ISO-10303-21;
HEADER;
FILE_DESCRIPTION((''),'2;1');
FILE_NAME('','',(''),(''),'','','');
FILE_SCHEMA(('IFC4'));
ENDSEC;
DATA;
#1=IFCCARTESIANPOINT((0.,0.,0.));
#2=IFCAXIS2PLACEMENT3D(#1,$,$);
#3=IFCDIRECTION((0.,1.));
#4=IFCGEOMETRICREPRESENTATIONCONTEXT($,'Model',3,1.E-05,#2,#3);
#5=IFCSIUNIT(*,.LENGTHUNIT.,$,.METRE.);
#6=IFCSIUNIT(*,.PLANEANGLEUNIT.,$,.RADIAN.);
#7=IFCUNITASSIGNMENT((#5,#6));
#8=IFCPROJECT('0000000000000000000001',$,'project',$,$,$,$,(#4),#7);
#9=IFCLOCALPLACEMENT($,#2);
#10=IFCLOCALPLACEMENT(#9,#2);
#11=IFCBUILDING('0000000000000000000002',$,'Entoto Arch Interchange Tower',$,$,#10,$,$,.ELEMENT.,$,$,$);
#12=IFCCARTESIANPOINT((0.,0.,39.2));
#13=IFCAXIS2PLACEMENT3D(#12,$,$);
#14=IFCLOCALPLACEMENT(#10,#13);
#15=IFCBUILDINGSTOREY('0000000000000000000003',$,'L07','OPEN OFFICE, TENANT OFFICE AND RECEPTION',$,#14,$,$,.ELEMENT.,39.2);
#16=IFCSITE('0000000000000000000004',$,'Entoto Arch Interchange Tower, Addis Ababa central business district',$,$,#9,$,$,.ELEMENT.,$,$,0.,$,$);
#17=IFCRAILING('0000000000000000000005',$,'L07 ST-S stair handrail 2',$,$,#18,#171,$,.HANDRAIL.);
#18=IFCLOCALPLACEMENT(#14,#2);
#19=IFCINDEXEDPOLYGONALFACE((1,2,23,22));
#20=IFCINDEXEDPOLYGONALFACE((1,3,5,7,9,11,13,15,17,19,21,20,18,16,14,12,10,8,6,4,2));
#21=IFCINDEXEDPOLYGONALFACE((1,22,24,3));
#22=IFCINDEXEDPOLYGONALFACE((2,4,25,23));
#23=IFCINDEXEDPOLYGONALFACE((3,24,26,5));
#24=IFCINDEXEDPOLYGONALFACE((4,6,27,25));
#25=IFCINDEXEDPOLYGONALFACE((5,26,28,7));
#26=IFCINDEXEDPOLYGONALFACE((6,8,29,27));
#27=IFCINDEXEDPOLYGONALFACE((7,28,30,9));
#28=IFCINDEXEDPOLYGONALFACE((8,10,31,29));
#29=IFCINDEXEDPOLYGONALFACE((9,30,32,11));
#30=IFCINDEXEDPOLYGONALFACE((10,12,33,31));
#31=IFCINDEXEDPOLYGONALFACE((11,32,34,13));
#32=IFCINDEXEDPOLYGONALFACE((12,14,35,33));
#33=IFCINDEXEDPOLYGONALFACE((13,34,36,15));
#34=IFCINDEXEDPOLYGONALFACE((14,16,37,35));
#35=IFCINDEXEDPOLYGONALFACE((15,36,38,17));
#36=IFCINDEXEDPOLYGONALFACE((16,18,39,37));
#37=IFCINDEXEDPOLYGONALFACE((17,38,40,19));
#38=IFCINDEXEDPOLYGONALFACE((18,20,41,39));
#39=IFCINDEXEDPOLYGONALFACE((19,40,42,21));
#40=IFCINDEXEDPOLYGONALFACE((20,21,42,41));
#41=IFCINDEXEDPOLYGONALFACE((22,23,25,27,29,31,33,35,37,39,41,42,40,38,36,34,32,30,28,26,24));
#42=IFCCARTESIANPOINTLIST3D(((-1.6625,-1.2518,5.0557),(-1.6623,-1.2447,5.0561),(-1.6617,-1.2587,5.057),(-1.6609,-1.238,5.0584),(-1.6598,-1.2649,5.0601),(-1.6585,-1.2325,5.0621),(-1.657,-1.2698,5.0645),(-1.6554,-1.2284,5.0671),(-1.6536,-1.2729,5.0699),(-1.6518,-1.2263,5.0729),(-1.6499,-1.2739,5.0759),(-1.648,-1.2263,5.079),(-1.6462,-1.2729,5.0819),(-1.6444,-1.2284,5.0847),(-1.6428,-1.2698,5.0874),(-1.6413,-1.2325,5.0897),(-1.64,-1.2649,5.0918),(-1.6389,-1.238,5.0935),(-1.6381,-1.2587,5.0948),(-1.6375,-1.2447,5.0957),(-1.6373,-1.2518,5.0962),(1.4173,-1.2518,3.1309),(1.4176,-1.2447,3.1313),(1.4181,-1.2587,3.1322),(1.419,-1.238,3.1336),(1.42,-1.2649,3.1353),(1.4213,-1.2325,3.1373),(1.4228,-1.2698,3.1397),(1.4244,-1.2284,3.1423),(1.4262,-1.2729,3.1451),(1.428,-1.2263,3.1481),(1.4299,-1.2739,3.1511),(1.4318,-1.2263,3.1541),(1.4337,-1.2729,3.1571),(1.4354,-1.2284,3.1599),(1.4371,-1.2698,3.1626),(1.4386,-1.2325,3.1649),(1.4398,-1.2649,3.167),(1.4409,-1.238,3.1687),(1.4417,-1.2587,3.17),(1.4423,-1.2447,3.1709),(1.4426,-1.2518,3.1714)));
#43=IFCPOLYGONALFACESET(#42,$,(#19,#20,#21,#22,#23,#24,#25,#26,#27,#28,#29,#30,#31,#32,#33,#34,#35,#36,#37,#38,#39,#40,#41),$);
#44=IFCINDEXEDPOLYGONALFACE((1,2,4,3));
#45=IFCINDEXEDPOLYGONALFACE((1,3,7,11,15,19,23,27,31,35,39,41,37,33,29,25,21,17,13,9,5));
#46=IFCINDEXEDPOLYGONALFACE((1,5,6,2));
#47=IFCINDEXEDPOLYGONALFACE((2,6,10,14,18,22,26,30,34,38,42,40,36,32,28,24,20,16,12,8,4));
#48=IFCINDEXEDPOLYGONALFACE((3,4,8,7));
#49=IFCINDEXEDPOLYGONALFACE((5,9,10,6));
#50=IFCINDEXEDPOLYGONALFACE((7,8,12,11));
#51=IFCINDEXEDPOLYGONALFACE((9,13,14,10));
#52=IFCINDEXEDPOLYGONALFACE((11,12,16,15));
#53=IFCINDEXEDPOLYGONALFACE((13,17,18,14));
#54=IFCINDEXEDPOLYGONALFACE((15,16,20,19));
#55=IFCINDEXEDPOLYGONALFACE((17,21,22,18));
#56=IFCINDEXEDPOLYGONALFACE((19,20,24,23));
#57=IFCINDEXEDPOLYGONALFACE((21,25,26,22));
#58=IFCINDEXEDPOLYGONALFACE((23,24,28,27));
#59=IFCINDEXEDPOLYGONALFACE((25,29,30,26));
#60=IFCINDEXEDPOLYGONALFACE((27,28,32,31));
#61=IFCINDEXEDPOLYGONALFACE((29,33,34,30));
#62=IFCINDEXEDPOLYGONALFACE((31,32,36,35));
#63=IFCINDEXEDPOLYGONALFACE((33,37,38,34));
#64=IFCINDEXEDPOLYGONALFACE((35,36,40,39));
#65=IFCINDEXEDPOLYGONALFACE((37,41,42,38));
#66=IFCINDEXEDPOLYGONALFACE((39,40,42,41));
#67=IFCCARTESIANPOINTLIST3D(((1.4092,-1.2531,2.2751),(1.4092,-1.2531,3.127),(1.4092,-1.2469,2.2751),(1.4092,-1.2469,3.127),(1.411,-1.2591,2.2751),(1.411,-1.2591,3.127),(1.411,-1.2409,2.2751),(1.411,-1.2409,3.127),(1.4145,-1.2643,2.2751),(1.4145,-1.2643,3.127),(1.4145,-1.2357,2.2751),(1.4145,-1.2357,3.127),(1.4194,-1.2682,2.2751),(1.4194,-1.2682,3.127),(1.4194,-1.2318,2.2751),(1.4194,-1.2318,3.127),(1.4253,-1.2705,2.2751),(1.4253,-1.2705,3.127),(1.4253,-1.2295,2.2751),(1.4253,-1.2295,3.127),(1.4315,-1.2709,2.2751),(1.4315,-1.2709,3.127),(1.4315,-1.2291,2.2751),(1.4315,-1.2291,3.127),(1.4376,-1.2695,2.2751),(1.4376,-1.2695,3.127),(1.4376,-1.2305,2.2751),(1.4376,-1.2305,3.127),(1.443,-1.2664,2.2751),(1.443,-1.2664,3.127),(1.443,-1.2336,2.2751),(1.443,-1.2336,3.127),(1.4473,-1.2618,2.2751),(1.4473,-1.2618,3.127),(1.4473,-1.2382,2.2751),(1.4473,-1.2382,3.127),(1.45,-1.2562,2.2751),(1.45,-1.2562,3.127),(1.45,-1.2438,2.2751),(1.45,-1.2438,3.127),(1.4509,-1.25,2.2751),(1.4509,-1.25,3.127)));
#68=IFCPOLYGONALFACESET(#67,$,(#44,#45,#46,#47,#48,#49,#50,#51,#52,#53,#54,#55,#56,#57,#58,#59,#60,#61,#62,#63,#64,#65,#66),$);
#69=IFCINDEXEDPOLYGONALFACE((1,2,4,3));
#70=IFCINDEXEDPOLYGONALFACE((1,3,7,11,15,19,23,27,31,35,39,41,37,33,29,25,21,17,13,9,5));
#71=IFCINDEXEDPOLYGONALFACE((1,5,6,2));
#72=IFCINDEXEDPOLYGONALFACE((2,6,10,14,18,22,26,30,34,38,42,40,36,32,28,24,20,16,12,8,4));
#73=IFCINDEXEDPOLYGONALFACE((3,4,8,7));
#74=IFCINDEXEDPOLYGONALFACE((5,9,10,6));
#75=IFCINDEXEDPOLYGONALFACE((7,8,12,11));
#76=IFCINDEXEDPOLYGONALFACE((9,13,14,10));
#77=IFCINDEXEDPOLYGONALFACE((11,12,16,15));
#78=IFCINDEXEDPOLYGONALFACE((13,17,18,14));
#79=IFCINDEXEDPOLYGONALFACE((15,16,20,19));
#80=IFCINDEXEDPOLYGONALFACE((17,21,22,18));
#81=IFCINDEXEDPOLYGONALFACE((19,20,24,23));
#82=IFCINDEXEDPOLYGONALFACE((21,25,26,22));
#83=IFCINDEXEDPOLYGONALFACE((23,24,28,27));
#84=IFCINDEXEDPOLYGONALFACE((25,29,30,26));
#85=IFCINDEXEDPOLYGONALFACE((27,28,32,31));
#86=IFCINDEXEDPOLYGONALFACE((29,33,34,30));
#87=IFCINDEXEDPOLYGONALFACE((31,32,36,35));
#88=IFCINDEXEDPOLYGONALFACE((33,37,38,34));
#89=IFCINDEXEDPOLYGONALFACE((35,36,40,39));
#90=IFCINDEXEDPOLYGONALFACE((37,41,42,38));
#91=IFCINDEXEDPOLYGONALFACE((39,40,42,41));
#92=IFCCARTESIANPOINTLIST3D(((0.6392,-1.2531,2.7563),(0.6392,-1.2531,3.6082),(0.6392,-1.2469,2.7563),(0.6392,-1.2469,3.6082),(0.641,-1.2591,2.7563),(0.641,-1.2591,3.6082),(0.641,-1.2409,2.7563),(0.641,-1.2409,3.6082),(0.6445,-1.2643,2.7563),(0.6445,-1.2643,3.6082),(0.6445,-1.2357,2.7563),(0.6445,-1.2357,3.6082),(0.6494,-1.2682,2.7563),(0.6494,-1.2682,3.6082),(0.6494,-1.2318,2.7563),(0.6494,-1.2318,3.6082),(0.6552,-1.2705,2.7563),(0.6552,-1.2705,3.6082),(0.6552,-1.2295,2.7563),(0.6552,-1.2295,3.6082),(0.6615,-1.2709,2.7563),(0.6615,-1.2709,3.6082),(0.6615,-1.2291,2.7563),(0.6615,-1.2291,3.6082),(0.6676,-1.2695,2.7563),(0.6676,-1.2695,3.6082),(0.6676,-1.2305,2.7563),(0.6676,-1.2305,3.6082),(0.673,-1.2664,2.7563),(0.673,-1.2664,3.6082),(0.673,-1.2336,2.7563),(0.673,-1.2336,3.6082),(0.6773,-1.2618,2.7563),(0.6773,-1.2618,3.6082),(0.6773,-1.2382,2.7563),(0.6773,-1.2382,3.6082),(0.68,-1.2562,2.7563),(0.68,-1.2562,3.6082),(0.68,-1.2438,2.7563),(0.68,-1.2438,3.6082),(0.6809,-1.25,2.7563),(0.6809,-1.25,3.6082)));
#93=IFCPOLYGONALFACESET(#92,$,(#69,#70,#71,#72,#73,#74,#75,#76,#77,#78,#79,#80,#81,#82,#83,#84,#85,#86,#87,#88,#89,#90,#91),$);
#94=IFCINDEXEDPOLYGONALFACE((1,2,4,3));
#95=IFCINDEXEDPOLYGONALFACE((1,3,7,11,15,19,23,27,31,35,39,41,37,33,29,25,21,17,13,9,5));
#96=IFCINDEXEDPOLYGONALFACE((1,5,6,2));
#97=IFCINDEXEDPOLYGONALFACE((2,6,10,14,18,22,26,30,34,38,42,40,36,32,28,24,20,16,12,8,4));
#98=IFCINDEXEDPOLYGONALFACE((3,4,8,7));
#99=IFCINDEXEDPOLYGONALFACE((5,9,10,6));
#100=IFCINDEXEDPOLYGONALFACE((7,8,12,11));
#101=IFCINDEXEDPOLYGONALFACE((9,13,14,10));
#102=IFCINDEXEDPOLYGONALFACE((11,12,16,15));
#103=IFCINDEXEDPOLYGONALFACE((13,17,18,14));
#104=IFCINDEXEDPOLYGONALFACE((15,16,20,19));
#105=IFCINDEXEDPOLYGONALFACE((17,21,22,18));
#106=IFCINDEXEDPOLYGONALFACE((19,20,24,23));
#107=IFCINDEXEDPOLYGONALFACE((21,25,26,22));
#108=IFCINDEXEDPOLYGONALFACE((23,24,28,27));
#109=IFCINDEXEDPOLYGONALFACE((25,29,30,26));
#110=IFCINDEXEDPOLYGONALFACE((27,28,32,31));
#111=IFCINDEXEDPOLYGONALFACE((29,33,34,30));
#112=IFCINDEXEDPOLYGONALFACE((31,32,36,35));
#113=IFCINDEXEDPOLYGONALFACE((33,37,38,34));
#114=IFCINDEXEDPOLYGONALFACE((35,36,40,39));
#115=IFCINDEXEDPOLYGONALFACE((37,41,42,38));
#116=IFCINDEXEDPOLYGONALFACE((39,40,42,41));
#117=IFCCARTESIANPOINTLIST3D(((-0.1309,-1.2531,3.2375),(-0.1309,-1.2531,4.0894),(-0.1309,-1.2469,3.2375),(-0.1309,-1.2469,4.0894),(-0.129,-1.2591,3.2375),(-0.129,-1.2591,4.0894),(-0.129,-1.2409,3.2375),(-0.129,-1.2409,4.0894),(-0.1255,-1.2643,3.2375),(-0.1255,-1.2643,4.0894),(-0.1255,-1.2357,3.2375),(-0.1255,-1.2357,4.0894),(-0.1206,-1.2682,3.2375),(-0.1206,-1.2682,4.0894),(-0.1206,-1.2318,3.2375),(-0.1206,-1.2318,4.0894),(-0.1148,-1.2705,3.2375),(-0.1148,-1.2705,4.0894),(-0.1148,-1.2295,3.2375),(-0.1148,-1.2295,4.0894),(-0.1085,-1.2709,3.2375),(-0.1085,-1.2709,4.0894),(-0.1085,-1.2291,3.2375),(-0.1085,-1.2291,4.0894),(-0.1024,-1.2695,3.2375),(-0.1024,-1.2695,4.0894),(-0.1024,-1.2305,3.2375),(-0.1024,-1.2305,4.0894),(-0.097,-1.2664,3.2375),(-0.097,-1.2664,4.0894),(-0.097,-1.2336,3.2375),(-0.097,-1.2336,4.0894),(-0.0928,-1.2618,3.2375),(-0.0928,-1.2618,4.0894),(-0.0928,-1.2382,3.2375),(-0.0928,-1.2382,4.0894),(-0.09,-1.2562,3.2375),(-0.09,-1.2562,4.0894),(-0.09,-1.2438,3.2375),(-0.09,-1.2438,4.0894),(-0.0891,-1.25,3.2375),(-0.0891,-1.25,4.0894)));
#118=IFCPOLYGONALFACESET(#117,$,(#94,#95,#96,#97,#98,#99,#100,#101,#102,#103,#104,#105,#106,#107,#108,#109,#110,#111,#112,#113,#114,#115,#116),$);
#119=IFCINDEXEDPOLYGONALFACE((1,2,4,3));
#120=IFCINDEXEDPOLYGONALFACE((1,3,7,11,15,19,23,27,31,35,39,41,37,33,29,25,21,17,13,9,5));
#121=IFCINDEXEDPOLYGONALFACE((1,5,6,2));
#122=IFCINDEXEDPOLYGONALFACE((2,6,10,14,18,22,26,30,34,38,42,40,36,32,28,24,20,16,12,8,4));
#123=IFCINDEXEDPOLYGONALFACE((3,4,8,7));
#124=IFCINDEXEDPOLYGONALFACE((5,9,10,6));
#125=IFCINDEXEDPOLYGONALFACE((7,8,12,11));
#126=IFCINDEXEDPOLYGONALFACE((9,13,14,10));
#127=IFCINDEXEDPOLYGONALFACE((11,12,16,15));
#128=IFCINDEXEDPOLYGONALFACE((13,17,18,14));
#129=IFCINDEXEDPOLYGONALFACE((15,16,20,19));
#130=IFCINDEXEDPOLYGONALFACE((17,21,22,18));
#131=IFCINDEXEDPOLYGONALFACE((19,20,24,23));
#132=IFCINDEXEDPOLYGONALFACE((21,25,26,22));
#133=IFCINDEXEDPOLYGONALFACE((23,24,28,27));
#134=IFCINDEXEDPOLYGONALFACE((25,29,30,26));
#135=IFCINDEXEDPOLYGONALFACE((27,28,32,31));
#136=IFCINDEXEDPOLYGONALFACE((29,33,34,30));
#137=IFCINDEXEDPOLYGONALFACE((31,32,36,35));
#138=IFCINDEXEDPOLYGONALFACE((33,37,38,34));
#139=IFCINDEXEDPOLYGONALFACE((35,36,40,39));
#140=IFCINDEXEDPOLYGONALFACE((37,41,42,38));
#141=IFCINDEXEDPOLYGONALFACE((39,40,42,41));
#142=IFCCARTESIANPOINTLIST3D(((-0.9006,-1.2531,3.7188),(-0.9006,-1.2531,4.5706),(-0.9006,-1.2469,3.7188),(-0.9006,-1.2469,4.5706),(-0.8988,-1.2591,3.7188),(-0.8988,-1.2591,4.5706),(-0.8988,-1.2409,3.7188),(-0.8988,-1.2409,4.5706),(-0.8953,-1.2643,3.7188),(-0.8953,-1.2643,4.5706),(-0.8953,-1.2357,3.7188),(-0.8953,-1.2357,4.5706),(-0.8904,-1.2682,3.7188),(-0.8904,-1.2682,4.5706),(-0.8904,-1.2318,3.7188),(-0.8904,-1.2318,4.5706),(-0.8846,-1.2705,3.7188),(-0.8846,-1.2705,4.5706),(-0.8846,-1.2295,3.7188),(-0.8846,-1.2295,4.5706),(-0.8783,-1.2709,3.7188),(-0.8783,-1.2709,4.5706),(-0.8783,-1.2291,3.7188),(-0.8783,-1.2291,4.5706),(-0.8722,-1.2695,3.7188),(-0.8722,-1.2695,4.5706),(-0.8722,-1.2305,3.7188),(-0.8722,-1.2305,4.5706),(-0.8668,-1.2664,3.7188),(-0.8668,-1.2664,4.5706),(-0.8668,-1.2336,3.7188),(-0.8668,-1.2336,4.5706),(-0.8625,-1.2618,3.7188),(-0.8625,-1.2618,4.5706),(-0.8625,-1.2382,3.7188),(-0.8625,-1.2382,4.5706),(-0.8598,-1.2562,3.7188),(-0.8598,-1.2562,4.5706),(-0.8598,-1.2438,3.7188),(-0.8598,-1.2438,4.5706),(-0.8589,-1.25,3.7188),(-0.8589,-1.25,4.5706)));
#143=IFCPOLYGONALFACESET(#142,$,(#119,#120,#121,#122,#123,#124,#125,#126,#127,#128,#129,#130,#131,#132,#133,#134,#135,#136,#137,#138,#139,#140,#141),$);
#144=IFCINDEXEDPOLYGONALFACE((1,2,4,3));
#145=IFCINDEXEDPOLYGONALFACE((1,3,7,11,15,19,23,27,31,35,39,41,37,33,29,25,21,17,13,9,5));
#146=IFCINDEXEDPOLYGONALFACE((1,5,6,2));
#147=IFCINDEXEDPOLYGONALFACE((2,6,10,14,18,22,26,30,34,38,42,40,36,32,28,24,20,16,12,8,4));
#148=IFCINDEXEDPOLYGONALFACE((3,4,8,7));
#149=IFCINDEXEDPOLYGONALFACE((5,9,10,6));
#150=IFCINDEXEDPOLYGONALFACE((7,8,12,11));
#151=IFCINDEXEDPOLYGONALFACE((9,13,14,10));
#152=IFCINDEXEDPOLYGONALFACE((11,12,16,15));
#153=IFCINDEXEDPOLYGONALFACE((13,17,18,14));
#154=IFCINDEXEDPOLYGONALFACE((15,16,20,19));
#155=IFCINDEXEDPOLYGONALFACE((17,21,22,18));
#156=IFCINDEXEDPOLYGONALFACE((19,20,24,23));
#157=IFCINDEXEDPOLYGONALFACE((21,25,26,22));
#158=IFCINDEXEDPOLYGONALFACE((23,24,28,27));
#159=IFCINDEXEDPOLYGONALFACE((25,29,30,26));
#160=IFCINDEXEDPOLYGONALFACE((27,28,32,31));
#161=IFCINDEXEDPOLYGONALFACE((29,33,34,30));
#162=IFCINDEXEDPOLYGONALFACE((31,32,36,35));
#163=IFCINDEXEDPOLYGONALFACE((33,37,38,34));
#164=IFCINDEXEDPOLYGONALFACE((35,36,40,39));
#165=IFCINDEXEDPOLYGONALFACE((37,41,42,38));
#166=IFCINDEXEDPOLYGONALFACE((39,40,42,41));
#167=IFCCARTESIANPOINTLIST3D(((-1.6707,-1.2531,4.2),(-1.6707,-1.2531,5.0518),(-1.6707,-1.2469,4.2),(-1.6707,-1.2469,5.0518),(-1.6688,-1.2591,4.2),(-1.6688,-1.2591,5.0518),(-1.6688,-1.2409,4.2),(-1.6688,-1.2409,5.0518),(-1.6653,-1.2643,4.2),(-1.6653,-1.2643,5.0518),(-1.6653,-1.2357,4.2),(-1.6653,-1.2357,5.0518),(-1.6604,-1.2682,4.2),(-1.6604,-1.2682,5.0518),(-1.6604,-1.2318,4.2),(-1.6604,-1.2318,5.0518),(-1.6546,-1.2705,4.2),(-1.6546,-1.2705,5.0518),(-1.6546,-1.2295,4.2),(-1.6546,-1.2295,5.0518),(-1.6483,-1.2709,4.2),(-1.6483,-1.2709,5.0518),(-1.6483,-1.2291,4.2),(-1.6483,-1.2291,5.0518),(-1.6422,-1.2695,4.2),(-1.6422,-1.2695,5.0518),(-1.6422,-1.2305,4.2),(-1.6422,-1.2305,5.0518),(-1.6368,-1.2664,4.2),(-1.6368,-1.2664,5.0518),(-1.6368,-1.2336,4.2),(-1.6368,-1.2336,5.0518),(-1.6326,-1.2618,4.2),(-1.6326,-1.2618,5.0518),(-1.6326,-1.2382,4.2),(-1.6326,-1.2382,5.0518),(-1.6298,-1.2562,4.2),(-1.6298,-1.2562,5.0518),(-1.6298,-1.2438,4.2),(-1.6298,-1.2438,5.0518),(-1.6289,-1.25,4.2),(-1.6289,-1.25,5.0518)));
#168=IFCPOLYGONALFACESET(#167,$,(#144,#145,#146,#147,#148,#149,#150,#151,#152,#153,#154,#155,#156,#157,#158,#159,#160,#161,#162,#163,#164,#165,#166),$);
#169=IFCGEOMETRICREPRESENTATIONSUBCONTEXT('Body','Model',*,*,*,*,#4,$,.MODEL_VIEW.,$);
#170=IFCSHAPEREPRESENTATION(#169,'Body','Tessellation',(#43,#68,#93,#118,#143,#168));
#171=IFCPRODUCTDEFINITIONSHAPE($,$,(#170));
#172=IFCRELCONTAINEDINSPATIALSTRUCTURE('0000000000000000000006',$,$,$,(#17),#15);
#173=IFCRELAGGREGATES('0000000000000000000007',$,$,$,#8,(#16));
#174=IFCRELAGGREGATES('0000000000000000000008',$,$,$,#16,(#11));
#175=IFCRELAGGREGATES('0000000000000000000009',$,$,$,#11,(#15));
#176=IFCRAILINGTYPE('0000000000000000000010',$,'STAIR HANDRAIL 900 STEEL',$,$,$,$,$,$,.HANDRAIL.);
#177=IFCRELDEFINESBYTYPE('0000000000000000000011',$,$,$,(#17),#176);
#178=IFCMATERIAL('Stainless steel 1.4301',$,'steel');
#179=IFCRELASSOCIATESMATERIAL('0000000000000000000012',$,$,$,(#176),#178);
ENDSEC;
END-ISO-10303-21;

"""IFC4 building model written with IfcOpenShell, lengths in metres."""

from ifc_helpers import new_model, si_unit, direction, frame, origin, origin_2d, place, context, subcontext, project, spatial, circle, extrude, material, type_object, element, save


model = new_model("IFC4")

# Units and contexts
model_context = context("Model", 3, precision=1e-05, world=origin(), true_north=direction((0.0, 1.0)))
body_context = subcontext(model_context, "Body", "Model", "MODEL_VIEW")
ifc_project = project(units=[si_unit("LENGTHUNIT", "METRE"), si_unit("PLANEANGLEUNIT", "RADIAN")], contexts=[model_context])

# Site, building, storey
site_placement = place(None, origin())
site = spatial("IfcSite", under=ifc_project, at=site_placement, Name="Entoto Arch Interchange Tower, Addis Ababa central business district", CompositionType="ELEMENT", RefElevation=0.0)
building_placement = place(site_placement, origin())
building = spatial("IfcBuilding", under=site, at=building_placement, Name="Entoto Arch Interchange Tower", CompositionType="ELEMENT")
storey_placement = place(building_placement, frame((0.0, 0.0, 39.2)))
storey = spatial("IfcBuildingStorey", under=building, at=storey_placement, Name="L07", Description="OPEN OFFICE, TENANT OFFICE AND RECEPTION", CompositionType="ELEMENT", Elevation=39.2)

# Railing
ifc_material_1 = material(Name="Stainless steel 1.4301", Category="steel")
railing_type_1 = type_object("IfcRailingType", Name="STAIR HANDRAIL 900 STEEL", PredefinedType="HANDRAIL", material=ifc_material_1)
railing_1_placement = place(storey_placement, frame((1.4299, -1.25, 2.2751)))
element("IfcRailing", 1, at=railing_1_placement, inside=storey, type_object=railing_type_1, Name="L07 ST-S stair handrail 2", PredefinedType="HANDRAIL", context=body_context, shape_type="SweptSolid", body=[
    extrude(circle(Radius=0.0239, at=origin_2d()), frame((0.0, 0.0, 0.876), z_axis=(-0.84801, 0.0, 0.529981), x_axis=(0.0, -1.0, 0.0)), (0.0, 0.0, 1.0), 3.6318),
    extrude(circle(Radius=0.021, at=origin_2d()), origin(), (0.0, 0.0, 1.0), 0.8518),
    extrude(circle(Radius=0.021, at=origin_2d()), frame((-0.77, 0.0, 0.4812)), (0.0, 0.0, 1.0), 0.8518),
    extrude(circle(Radius=0.021, at=origin_2d()), frame((-1.54, 0.0, 0.9624)), (0.0, 0.0, 1.0), 0.8518),
    extrude(circle(Radius=0.021, at=origin_2d()), frame((-2.3098, 0.0, 1.4436)), (0.0, 0.0, 1.0), 0.8518),
    extrude(circle(Radius=0.021, at=origin_2d()), frame((-3.0798, 0.0, 1.9248)), (0.0, 0.0, 1.0), 0.8518),
])

save(model, "model.ifc")
